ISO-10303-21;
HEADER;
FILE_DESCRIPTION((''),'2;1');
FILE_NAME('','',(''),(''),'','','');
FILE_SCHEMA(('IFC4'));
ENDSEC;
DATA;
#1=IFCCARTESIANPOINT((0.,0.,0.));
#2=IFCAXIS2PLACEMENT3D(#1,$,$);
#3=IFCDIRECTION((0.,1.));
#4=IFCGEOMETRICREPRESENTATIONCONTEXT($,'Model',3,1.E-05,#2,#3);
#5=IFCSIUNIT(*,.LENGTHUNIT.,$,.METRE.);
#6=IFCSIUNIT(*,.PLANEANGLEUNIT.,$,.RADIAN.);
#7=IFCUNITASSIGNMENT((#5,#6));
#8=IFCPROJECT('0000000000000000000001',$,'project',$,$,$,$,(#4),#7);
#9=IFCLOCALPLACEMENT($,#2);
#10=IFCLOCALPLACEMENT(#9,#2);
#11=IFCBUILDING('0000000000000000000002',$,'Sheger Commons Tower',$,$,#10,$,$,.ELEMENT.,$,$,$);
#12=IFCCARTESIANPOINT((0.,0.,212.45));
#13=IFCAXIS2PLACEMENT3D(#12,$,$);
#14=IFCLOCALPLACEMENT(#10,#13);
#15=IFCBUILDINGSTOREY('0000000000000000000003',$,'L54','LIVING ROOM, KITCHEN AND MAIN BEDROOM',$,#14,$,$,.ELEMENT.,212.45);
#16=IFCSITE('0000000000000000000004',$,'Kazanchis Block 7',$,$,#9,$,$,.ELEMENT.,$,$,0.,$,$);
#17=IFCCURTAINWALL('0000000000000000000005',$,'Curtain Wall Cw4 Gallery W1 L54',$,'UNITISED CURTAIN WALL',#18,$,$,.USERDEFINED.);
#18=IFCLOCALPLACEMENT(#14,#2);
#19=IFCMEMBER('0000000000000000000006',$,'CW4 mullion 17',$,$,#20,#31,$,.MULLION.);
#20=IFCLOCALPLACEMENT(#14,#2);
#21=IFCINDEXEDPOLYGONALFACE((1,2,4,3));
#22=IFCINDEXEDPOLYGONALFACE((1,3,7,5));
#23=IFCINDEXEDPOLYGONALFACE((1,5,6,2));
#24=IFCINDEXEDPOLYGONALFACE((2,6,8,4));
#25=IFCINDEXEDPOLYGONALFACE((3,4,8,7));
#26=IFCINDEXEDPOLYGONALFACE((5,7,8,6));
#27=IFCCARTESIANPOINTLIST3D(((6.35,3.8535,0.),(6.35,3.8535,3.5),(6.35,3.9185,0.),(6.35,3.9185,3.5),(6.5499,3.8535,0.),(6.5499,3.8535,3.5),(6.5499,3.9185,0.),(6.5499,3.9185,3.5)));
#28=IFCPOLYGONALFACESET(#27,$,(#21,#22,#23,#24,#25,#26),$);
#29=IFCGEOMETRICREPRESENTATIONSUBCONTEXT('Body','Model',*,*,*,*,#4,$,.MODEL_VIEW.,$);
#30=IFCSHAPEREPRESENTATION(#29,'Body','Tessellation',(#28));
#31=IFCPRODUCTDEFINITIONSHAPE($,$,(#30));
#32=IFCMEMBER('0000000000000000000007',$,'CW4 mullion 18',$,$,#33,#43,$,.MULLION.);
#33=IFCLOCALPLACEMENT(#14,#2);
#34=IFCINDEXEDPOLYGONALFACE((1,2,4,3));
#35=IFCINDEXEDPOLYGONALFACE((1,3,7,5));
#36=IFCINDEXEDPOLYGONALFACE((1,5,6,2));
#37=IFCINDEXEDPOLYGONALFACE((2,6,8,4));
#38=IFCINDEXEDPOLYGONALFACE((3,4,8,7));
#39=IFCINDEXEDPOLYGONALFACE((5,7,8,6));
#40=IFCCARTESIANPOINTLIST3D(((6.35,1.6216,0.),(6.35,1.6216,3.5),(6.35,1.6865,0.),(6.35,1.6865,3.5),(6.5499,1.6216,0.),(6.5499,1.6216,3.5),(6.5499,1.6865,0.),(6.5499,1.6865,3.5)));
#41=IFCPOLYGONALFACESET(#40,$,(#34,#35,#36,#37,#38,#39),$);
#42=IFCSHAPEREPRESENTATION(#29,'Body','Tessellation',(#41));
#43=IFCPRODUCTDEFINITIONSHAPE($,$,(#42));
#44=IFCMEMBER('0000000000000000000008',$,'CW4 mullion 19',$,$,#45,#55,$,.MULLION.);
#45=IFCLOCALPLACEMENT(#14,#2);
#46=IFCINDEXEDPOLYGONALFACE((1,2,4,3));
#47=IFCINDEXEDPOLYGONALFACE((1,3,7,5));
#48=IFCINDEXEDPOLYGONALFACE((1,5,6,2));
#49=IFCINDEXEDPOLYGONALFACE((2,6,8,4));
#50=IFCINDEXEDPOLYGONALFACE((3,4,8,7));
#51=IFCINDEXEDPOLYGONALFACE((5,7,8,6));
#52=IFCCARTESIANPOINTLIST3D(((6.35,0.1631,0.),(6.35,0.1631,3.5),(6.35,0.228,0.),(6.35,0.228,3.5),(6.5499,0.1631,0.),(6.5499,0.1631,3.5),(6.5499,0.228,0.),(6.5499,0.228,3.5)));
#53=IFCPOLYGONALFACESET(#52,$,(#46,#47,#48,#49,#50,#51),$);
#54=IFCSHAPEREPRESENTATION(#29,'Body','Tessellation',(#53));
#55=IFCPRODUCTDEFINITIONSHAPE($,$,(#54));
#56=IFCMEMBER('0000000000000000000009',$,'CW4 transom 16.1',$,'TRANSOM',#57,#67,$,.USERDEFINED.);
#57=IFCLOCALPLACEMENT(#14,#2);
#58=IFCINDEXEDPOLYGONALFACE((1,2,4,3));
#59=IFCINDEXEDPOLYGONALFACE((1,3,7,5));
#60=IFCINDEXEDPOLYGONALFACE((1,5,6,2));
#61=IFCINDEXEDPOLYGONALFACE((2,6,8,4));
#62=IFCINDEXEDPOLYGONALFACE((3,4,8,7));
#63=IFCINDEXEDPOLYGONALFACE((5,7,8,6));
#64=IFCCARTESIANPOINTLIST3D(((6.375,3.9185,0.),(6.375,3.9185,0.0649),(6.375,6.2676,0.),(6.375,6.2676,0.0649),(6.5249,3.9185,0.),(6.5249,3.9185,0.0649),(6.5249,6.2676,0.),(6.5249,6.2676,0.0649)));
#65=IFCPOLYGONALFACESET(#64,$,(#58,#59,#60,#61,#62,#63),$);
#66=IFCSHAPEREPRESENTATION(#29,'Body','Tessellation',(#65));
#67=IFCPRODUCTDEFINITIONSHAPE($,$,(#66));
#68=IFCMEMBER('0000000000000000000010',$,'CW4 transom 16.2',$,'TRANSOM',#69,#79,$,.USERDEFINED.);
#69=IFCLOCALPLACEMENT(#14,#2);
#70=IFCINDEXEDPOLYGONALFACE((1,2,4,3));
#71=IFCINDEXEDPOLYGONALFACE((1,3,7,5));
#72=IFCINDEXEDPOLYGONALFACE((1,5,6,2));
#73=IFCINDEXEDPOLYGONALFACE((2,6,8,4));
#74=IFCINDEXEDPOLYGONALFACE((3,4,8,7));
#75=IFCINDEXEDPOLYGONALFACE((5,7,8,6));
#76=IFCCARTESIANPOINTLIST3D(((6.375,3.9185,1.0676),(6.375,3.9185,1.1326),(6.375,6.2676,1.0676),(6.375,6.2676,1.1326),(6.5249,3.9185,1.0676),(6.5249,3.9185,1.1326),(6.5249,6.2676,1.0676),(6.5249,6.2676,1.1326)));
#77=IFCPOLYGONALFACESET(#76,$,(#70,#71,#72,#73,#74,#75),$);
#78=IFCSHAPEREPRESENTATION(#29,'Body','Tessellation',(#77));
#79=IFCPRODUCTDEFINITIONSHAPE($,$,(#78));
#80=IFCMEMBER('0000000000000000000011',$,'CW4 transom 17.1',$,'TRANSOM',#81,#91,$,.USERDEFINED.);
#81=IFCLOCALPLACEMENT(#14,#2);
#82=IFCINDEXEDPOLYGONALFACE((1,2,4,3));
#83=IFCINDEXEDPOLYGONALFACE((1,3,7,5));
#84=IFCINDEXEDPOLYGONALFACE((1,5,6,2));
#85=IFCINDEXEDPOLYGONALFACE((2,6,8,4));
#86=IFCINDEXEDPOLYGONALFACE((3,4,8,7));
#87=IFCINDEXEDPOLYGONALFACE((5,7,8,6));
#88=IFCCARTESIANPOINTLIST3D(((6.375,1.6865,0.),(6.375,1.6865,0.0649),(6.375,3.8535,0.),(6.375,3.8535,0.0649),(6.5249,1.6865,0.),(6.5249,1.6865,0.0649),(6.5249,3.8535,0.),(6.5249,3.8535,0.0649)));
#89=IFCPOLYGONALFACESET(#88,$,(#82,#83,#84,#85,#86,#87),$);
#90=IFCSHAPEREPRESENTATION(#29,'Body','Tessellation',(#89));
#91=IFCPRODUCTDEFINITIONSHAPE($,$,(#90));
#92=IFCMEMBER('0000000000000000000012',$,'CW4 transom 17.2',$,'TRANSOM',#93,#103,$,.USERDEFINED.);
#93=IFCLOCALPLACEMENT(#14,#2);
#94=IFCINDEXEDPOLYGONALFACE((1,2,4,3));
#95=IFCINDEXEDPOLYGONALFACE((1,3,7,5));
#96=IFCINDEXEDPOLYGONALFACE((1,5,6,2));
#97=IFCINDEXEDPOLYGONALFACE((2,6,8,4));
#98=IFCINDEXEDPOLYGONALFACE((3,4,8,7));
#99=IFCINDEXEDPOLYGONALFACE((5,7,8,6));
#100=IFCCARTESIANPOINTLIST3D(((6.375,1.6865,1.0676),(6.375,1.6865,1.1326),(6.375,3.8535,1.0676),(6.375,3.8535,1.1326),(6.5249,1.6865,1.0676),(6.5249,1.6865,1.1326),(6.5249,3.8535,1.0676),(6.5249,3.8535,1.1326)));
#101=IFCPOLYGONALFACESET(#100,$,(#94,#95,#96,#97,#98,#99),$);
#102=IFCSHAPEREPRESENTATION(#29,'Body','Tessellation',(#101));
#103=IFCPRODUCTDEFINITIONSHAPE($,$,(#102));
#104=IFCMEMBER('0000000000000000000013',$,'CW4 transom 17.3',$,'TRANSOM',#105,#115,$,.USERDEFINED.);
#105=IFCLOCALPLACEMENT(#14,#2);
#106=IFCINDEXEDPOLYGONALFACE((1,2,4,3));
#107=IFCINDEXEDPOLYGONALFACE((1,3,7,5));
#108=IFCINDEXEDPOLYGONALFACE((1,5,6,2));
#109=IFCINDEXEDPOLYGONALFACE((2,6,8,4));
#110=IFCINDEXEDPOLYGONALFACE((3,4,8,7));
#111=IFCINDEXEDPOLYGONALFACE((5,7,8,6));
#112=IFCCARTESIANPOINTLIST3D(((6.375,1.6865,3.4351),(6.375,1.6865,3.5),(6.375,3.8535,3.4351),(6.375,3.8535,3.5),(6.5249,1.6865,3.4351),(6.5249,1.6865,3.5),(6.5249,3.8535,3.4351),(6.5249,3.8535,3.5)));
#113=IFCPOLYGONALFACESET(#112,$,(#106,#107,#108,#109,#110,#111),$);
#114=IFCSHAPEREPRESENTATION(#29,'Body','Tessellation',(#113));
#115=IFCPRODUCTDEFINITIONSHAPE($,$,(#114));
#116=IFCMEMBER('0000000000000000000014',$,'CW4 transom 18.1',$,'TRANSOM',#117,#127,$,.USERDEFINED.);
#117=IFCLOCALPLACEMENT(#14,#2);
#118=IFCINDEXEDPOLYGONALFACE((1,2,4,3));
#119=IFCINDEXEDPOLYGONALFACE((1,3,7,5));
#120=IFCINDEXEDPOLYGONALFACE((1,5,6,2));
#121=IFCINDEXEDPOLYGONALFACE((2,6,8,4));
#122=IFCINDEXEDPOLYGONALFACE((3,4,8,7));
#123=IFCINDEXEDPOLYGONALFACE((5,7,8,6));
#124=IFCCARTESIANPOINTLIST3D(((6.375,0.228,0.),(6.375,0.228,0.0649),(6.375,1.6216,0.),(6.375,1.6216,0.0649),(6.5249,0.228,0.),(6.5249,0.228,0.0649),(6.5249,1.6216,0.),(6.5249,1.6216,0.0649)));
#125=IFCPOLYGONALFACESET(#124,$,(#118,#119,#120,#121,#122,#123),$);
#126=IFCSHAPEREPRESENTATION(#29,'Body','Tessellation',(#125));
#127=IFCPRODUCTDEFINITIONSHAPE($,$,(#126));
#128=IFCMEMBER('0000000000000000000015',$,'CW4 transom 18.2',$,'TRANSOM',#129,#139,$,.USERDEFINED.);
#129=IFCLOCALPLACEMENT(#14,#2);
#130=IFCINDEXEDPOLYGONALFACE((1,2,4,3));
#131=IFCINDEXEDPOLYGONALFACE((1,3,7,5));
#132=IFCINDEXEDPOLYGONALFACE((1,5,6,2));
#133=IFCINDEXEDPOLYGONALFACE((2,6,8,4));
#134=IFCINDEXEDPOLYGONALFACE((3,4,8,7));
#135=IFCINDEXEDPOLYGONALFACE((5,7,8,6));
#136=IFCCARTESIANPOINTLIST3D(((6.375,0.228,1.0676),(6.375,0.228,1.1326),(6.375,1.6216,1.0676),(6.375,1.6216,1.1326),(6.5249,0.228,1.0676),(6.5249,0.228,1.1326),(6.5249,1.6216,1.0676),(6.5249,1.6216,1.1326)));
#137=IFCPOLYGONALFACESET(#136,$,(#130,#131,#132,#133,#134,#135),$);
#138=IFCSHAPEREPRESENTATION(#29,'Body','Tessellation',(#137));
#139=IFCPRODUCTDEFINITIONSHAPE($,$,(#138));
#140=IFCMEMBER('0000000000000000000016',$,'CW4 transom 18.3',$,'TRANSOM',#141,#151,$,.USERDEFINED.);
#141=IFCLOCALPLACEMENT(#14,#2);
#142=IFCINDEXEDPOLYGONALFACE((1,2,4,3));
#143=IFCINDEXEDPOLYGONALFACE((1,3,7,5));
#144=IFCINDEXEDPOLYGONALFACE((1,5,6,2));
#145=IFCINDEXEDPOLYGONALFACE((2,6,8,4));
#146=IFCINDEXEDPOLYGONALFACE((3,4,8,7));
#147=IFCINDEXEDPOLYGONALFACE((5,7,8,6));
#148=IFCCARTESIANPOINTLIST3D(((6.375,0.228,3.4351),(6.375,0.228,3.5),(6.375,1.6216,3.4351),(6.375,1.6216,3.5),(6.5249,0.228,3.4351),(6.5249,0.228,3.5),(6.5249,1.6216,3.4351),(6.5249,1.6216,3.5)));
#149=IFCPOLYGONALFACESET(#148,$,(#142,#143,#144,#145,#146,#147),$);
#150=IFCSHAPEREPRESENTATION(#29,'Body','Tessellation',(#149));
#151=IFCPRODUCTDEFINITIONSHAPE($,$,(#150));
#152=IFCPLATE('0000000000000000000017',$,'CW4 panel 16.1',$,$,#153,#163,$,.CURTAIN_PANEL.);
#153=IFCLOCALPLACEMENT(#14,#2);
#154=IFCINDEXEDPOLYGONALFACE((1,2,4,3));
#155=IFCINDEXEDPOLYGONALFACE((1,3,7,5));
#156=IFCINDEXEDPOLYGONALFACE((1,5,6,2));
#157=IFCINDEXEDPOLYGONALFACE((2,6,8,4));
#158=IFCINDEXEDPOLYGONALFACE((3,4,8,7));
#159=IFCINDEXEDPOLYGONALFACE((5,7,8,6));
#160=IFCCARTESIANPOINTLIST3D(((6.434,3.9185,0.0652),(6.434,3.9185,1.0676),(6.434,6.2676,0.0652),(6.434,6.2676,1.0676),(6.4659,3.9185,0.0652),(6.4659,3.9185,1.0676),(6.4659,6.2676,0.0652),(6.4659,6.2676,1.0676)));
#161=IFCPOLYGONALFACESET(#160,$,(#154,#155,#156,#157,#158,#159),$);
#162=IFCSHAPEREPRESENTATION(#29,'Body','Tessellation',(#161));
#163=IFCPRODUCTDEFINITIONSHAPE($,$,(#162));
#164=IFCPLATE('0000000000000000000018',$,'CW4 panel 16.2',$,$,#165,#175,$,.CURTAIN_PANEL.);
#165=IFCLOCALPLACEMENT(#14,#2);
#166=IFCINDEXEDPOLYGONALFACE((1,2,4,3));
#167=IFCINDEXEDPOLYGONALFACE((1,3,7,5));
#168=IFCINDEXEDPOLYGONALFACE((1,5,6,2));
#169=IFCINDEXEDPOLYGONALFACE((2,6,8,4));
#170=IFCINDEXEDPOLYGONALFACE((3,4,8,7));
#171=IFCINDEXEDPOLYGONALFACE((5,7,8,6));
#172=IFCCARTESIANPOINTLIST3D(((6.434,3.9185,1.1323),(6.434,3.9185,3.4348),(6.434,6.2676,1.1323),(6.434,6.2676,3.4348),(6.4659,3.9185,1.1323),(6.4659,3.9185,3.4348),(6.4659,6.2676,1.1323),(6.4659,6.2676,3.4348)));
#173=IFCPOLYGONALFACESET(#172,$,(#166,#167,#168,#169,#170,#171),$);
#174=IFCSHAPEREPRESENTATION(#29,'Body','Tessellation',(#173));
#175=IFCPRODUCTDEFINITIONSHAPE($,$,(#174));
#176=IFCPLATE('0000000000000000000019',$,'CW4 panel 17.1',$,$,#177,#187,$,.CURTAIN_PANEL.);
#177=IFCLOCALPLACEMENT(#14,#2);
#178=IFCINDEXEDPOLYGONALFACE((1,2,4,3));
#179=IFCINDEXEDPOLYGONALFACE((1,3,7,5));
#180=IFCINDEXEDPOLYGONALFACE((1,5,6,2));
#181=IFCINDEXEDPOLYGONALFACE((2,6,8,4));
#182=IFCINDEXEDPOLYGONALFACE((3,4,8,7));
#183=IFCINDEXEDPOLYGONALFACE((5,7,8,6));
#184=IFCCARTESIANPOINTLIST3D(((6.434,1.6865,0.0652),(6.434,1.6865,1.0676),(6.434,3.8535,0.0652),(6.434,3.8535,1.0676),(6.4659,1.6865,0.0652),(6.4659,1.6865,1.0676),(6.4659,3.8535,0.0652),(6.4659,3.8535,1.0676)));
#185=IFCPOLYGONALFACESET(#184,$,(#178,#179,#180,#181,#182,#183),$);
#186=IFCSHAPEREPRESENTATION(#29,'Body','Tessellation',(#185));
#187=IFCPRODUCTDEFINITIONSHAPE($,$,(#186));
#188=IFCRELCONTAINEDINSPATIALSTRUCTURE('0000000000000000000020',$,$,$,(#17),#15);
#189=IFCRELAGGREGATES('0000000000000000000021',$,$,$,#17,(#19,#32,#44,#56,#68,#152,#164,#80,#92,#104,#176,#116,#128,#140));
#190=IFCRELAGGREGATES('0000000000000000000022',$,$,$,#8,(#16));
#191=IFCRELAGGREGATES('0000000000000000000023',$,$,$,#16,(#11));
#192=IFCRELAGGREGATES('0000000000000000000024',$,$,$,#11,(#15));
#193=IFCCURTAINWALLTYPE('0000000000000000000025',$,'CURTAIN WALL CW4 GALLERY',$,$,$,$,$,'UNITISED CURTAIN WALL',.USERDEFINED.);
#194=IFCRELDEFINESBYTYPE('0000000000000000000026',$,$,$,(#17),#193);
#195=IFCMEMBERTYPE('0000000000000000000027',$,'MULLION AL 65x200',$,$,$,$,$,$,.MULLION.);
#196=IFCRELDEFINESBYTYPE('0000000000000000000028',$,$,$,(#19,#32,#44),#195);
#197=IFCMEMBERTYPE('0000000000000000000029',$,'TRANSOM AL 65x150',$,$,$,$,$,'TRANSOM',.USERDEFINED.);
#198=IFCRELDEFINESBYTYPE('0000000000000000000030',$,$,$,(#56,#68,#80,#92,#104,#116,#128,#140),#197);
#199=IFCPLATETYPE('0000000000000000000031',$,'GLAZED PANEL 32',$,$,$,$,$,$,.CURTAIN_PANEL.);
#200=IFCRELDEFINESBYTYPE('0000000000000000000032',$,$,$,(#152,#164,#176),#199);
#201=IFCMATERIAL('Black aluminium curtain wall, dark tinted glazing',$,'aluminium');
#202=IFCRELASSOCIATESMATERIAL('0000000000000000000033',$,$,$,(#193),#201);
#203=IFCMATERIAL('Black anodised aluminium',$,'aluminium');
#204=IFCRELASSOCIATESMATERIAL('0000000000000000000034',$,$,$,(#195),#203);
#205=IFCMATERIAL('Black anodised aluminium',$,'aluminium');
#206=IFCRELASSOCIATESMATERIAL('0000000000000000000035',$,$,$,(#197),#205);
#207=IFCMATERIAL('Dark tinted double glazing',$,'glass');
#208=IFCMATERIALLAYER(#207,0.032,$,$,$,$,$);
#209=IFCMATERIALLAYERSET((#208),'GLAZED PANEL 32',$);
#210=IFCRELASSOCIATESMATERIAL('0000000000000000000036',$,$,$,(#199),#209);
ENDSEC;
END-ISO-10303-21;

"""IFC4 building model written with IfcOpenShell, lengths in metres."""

from ifc_helpers import new_model, si_unit, direction, frame, origin, origin_2d, place, context, subcontext, project, spatial, rectangle, extrude, material, layer, layer_set, material_profile, profile_set, type_object, element, aggregate, save


model = new_model("IFC4")

# Units and contexts
model_context = context("Model", 3, precision=1e-05, world=origin(), true_north=direction((0.0, 1.0)))
body_context = subcontext(model_context, "Body", "Model", "MODEL_VIEW")
ifc_project = project(units=[si_unit("LENGTHUNIT", "METRE"), si_unit("PLANEANGLEUNIT", "RADIAN")], contexts=[model_context])

# Site, building, storey
site_placement = place(None, origin())
site = spatial("IfcSite", under=ifc_project, at=site_placement, Name="Kazanchis Block 7", CompositionType="ELEMENT", RefElevation=0.0)
building_placement = place(site_placement, origin())
building = spatial("IfcBuilding", under=site, at=building_placement, Name="Sheger Commons Tower", CompositionType="ELEMENT")
storey_placement = place(building_placement, frame((0.0, 0.0, 212.45)))
storey = spatial("IfcBuildingStorey", under=building, at=storey_placement, Name="L54", Description="LIVING ROOM, KITCHEN AND MAIN BEDROOM", CompositionType="ELEMENT", Elevation=212.45)

# Curtain wall, members, plates
ifc_material_1 = material(Name="Black aluminium curtain wall, dark tinted glazing", Category="aluminium")
curtain_wall_type = type_object("IfcCurtainWallType", Name="CURTAIN WALL CW4 GALLERY", ElementType="UNITISED CURTAIN WALL", PredefinedType="USERDEFINED", material=ifc_material_1)
curtain_wall_placement = place(storey_placement, origin())
curtain_wall = element("IfcCurtainWall", 1, at=curtain_wall_placement, inside=storey, type_object=curtain_wall_type, Name="Curtain Wall Cw4 Gallery W1 L54", ObjectType="UNITISED CURTAIN WALL", PredefinedType="USERDEFINED")
ifc_material_2 = material(Name="Black anodised aluminium", Category="aluminium")
ifc_material_profile_1 = material_profile(ifc_material_2, rectangle(XDim=0.2, YDim=0.0649, at=origin_2d()), Name="AL 65x200")
ifc_profile_set_1 = profile_set([ifc_material_profile_1], Name="Black anodised aluminium")
member_type_1 = type_object("IfcMemberType", Name="MULLION AL 65x200", PredefinedType="MULLION", material=ifc_profile_set_1)
member_1_placement = place(storey_placement, frame((6.45, 3.886, 0.0), z_axis=(0.0, 0.0, 1.0), x_axis=(1.0, 0.0, 0.0)))
member_1 = element("IfcMember", 2, at=member_1_placement, type_object=member_type_1, Name="CW4 mullion 17", PredefinedType="MULLION", context=body_context, shape_type="SweptSolid", body=[
    extrude(rectangle(XDim=0.2, YDim=0.0649, at=origin_2d()), origin(), (0.0, 0.0, 1.0), 3.5),
])
member_2_placement = place(storey_placement, frame((6.45, 1.6541, 0.0), z_axis=(0.0, 0.0, 1.0), x_axis=(1.0, 0.0, 0.0)))
member_2 = element("IfcMember", 3, at=member_2_placement, type_object=member_type_1, Name="CW4 mullion 18", PredefinedType="MULLION", context=body_context, shape_type="SweptSolid", body=[
    extrude(rectangle(XDim=0.2, YDim=0.0649, at=origin_2d()), origin(), (0.0, 0.0, 1.0), 3.5),
])
member_3_placement = place(storey_placement, frame((6.45, 0.1956, 0.0), z_axis=(0.0, 0.0, 1.0), x_axis=(1.0, 0.0, 0.0)))
member_3 = element("IfcMember", 4, at=member_3_placement, type_object=member_type_1, Name="CW4 mullion 19", PredefinedType="MULLION", context=body_context, shape_type="SweptSolid", body=[
    extrude(rectangle(XDim=0.2, YDim=0.0649, at=origin_2d()), origin(), (0.0, 0.0, 1.0), 3.5),
])
ifc_material_3 = material(Name="Black anodised aluminium", Category="aluminium")
ifc_material_profile_2 = material_profile(ifc_material_3, rectangle(XDim=0.1499, YDim=0.0649, at=origin_2d()), Name="AL 65x150")
ifc_profile_set_2 = profile_set([ifc_material_profile_2], Name="Black anodised aluminium")
member_type_2 = type_object("IfcMemberType", Name="TRANSOM AL 65x150", ElementType="TRANSOM", PredefinedType="USERDEFINED", material=ifc_profile_set_2)
member_4_placement = place(storey_placement, frame((6.45, 6.2676, 0.0325), z_axis=(0.0, -1.0, 0.0), x_axis=(1.0, 0.0, 0.0)))
member_4 = element("IfcMember", 5, at=member_4_placement, type_object=member_type_2, Name="CW4 transom 16.1", ObjectType="TRANSOM", PredefinedType="USERDEFINED", context=body_context, shape_type="SweptSolid", body=[
    extrude(rectangle(XDim=0.1499, YDim=0.0649, at=origin_2d()), origin(), (0.0, 0.0, 1.0), 2.3491),
])
member_5_placement = place(storey_placement, frame((6.45, 6.2676, 1.1001), z_axis=(0.0, -1.0, 0.0), x_axis=(1.0, 0.0, 0.0)))
member_5 = element("IfcMember", 6, at=member_5_placement, type_object=member_type_2, Name="CW4 transom 16.2", ObjectType="TRANSOM", PredefinedType="USERDEFINED", context=body_context, shape_type="SweptSolid", body=[
    extrude(rectangle(XDim=0.1499, YDim=0.0649, at=origin_2d()), origin(), (0.0, 0.0, 1.0), 2.3491),
])
member_6_placement = place(storey_placement, frame((6.45, 3.8535, 0.0325), z_axis=(0.0, -1.0, 0.0), x_axis=(1.0, 0.0, 0.0)))
member_6 = element("IfcMember", 7, at=member_6_placement, type_object=member_type_2, Name="CW4 transom 17.1", ObjectType="TRANSOM", PredefinedType="USERDEFINED", context=body_context, shape_type="SweptSolid", body=[
    extrude(rectangle(XDim=0.1499, YDim=0.0649, at=origin_2d()), origin(), (0.0, 0.0, 1.0), 2.167),
])
member_7_placement = place(storey_placement, frame((6.45, 3.8535, 1.1001), z_axis=(0.0, -1.0, 0.0), x_axis=(1.0, 0.0, 0.0)))
member_7 = element("IfcMember", 8, at=member_7_placement, type_object=member_type_2, Name="CW4 transom 17.2", ObjectType="TRANSOM", PredefinedType="USERDEFINED", context=body_context, shape_type="SweptSolid", body=[
    extrude(rectangle(XDim=0.1499, YDim=0.0649, at=origin_2d()), origin(), (0.0, 0.0, 1.0), 2.167),
])
member_8_placement = place(storey_placement, frame((6.45, 3.8535, 3.4675), z_axis=(0.0, -1.0, 0.0), x_axis=(1.0, 0.0, 0.0)))
member_8 = element("IfcMember", 9, at=member_8_placement, type_object=member_type_2, Name="CW4 transom 17.3", ObjectType="TRANSOM", PredefinedType="USERDEFINED", context=body_context, shape_type="SweptSolid", body=[
    extrude(rectangle(XDim=0.1499, YDim=0.0649, at=origin_2d()), origin(), (0.0, 0.0, 1.0), 2.167),
])
member_9_placement = place(storey_placement, frame((6.45, 1.6216, 0.0325), z_axis=(0.0, -1.0, 0.0), x_axis=(1.0, 0.0, 0.0)))
member_9 = element("IfcMember", 10, at=member_9_placement, type_object=member_type_2, Name="CW4 transom 18.1", ObjectType="TRANSOM", PredefinedType="USERDEFINED", context=body_context, shape_type="SweptSolid", body=[
    extrude(rectangle(XDim=0.1499, YDim=0.0649, at=origin_2d()), origin(), (0.0, 0.0, 1.0), 1.3936),
])
member_10_placement = place(storey_placement, frame((6.45, 1.6216, 1.1001), z_axis=(0.0, -1.0, 0.0), x_axis=(1.0, 0.0, 0.0)))
member_10 = element("IfcMember", 11, at=member_10_placement, type_object=member_type_2, Name="CW4 transom 18.2", ObjectType="TRANSOM", PredefinedType="USERDEFINED", context=body_context, shape_type="SweptSolid", body=[
    extrude(rectangle(XDim=0.1499, YDim=0.0649, at=origin_2d()), origin(), (0.0, 0.0, 1.0), 1.3936),
])
member_11_placement = place(storey_placement, frame((6.45, 1.6216, 3.4675), z_axis=(0.0, -1.0, 0.0), x_axis=(1.0, 0.0, 0.0)))
member_11 = element("IfcMember", 12, at=member_11_placement, type_object=member_type_2, Name="CW4 transom 18.3", ObjectType="TRANSOM", PredefinedType="USERDEFINED", context=body_context, shape_type="SweptSolid", body=[
    extrude(rectangle(XDim=0.1499, YDim=0.0649, at=origin_2d()), origin(), (0.0, 0.0, 1.0), 1.3936),
])
ifc_material_4 = material(Name="Dark tinted double glazing", Category="glass")
ifc_layer_1 = layer(ifc_material_4, 0.032)
ifc_layer_set_1 = layer_set([ifc_layer_1], Name="GLAZED PANEL 32")
plate_type_1 = type_object("IfcPlateType", Name="GLAZED PANEL 32", PredefinedType="CURTAIN_PANEL", material=ifc_layer_set_1)
plate_1_placement = place(storey_placement, frame((6.45, 5.093, 0.0652), z_axis=(0.0, 0.0, 1.0), x_axis=(0.0, -1.0, 0.0)))
plate_1 = element("IfcPlate", 13, at=plate_1_placement, type_object=plate_type_1, Name="CW4 panel 16.1", PredefinedType="CURTAIN_PANEL", context=body_context, shape_type="SweptSolid", body=[
    extrude(rectangle(XDim=2.3491, YDim=0.032, at=origin_2d()), origin(), (0.0, 0.0, 1.0), 1.0024),
])
plate_2_placement = place(storey_placement, frame((6.45, 5.093, 1.1323), z_axis=(0.0, 0.0, 1.0), x_axis=(0.0, -1.0, 0.0)))
plate_2 = element("IfcPlate", 14, at=plate_2_placement, type_object=plate_type_1, Name="CW4 panel 16.2", PredefinedType="CURTAIN_PANEL", context=body_context, shape_type="SweptSolid", body=[
    extrude(rectangle(XDim=2.3491, YDim=0.032, at=origin_2d()), origin(), (0.0, 0.0, 1.0), 2.3025),
])
plate_3_placement = place(storey_placement, frame((6.45, 2.77, 0.0652), z_axis=(0.0, 0.0, 1.0), x_axis=(0.0, -1.0, 0.0)))
plate_3 = element("IfcPlate", 15, at=plate_3_placement, type_object=plate_type_1, Name="CW4 panel 17.1", PredefinedType="CURTAIN_PANEL", context=body_context, shape_type="SweptSolid", body=[
    extrude(rectangle(XDim=2.167, YDim=0.032, at=origin_2d()), origin(), (0.0, 0.0, 1.0), 1.0024),
])
aggregate(curtain_wall, [member_1, member_2, member_3, member_4, member_5, plate_1, plate_2, member_6, member_7, member_8, plate_3, member_9, member_10, member_11])

save(model, "model.ifc")
